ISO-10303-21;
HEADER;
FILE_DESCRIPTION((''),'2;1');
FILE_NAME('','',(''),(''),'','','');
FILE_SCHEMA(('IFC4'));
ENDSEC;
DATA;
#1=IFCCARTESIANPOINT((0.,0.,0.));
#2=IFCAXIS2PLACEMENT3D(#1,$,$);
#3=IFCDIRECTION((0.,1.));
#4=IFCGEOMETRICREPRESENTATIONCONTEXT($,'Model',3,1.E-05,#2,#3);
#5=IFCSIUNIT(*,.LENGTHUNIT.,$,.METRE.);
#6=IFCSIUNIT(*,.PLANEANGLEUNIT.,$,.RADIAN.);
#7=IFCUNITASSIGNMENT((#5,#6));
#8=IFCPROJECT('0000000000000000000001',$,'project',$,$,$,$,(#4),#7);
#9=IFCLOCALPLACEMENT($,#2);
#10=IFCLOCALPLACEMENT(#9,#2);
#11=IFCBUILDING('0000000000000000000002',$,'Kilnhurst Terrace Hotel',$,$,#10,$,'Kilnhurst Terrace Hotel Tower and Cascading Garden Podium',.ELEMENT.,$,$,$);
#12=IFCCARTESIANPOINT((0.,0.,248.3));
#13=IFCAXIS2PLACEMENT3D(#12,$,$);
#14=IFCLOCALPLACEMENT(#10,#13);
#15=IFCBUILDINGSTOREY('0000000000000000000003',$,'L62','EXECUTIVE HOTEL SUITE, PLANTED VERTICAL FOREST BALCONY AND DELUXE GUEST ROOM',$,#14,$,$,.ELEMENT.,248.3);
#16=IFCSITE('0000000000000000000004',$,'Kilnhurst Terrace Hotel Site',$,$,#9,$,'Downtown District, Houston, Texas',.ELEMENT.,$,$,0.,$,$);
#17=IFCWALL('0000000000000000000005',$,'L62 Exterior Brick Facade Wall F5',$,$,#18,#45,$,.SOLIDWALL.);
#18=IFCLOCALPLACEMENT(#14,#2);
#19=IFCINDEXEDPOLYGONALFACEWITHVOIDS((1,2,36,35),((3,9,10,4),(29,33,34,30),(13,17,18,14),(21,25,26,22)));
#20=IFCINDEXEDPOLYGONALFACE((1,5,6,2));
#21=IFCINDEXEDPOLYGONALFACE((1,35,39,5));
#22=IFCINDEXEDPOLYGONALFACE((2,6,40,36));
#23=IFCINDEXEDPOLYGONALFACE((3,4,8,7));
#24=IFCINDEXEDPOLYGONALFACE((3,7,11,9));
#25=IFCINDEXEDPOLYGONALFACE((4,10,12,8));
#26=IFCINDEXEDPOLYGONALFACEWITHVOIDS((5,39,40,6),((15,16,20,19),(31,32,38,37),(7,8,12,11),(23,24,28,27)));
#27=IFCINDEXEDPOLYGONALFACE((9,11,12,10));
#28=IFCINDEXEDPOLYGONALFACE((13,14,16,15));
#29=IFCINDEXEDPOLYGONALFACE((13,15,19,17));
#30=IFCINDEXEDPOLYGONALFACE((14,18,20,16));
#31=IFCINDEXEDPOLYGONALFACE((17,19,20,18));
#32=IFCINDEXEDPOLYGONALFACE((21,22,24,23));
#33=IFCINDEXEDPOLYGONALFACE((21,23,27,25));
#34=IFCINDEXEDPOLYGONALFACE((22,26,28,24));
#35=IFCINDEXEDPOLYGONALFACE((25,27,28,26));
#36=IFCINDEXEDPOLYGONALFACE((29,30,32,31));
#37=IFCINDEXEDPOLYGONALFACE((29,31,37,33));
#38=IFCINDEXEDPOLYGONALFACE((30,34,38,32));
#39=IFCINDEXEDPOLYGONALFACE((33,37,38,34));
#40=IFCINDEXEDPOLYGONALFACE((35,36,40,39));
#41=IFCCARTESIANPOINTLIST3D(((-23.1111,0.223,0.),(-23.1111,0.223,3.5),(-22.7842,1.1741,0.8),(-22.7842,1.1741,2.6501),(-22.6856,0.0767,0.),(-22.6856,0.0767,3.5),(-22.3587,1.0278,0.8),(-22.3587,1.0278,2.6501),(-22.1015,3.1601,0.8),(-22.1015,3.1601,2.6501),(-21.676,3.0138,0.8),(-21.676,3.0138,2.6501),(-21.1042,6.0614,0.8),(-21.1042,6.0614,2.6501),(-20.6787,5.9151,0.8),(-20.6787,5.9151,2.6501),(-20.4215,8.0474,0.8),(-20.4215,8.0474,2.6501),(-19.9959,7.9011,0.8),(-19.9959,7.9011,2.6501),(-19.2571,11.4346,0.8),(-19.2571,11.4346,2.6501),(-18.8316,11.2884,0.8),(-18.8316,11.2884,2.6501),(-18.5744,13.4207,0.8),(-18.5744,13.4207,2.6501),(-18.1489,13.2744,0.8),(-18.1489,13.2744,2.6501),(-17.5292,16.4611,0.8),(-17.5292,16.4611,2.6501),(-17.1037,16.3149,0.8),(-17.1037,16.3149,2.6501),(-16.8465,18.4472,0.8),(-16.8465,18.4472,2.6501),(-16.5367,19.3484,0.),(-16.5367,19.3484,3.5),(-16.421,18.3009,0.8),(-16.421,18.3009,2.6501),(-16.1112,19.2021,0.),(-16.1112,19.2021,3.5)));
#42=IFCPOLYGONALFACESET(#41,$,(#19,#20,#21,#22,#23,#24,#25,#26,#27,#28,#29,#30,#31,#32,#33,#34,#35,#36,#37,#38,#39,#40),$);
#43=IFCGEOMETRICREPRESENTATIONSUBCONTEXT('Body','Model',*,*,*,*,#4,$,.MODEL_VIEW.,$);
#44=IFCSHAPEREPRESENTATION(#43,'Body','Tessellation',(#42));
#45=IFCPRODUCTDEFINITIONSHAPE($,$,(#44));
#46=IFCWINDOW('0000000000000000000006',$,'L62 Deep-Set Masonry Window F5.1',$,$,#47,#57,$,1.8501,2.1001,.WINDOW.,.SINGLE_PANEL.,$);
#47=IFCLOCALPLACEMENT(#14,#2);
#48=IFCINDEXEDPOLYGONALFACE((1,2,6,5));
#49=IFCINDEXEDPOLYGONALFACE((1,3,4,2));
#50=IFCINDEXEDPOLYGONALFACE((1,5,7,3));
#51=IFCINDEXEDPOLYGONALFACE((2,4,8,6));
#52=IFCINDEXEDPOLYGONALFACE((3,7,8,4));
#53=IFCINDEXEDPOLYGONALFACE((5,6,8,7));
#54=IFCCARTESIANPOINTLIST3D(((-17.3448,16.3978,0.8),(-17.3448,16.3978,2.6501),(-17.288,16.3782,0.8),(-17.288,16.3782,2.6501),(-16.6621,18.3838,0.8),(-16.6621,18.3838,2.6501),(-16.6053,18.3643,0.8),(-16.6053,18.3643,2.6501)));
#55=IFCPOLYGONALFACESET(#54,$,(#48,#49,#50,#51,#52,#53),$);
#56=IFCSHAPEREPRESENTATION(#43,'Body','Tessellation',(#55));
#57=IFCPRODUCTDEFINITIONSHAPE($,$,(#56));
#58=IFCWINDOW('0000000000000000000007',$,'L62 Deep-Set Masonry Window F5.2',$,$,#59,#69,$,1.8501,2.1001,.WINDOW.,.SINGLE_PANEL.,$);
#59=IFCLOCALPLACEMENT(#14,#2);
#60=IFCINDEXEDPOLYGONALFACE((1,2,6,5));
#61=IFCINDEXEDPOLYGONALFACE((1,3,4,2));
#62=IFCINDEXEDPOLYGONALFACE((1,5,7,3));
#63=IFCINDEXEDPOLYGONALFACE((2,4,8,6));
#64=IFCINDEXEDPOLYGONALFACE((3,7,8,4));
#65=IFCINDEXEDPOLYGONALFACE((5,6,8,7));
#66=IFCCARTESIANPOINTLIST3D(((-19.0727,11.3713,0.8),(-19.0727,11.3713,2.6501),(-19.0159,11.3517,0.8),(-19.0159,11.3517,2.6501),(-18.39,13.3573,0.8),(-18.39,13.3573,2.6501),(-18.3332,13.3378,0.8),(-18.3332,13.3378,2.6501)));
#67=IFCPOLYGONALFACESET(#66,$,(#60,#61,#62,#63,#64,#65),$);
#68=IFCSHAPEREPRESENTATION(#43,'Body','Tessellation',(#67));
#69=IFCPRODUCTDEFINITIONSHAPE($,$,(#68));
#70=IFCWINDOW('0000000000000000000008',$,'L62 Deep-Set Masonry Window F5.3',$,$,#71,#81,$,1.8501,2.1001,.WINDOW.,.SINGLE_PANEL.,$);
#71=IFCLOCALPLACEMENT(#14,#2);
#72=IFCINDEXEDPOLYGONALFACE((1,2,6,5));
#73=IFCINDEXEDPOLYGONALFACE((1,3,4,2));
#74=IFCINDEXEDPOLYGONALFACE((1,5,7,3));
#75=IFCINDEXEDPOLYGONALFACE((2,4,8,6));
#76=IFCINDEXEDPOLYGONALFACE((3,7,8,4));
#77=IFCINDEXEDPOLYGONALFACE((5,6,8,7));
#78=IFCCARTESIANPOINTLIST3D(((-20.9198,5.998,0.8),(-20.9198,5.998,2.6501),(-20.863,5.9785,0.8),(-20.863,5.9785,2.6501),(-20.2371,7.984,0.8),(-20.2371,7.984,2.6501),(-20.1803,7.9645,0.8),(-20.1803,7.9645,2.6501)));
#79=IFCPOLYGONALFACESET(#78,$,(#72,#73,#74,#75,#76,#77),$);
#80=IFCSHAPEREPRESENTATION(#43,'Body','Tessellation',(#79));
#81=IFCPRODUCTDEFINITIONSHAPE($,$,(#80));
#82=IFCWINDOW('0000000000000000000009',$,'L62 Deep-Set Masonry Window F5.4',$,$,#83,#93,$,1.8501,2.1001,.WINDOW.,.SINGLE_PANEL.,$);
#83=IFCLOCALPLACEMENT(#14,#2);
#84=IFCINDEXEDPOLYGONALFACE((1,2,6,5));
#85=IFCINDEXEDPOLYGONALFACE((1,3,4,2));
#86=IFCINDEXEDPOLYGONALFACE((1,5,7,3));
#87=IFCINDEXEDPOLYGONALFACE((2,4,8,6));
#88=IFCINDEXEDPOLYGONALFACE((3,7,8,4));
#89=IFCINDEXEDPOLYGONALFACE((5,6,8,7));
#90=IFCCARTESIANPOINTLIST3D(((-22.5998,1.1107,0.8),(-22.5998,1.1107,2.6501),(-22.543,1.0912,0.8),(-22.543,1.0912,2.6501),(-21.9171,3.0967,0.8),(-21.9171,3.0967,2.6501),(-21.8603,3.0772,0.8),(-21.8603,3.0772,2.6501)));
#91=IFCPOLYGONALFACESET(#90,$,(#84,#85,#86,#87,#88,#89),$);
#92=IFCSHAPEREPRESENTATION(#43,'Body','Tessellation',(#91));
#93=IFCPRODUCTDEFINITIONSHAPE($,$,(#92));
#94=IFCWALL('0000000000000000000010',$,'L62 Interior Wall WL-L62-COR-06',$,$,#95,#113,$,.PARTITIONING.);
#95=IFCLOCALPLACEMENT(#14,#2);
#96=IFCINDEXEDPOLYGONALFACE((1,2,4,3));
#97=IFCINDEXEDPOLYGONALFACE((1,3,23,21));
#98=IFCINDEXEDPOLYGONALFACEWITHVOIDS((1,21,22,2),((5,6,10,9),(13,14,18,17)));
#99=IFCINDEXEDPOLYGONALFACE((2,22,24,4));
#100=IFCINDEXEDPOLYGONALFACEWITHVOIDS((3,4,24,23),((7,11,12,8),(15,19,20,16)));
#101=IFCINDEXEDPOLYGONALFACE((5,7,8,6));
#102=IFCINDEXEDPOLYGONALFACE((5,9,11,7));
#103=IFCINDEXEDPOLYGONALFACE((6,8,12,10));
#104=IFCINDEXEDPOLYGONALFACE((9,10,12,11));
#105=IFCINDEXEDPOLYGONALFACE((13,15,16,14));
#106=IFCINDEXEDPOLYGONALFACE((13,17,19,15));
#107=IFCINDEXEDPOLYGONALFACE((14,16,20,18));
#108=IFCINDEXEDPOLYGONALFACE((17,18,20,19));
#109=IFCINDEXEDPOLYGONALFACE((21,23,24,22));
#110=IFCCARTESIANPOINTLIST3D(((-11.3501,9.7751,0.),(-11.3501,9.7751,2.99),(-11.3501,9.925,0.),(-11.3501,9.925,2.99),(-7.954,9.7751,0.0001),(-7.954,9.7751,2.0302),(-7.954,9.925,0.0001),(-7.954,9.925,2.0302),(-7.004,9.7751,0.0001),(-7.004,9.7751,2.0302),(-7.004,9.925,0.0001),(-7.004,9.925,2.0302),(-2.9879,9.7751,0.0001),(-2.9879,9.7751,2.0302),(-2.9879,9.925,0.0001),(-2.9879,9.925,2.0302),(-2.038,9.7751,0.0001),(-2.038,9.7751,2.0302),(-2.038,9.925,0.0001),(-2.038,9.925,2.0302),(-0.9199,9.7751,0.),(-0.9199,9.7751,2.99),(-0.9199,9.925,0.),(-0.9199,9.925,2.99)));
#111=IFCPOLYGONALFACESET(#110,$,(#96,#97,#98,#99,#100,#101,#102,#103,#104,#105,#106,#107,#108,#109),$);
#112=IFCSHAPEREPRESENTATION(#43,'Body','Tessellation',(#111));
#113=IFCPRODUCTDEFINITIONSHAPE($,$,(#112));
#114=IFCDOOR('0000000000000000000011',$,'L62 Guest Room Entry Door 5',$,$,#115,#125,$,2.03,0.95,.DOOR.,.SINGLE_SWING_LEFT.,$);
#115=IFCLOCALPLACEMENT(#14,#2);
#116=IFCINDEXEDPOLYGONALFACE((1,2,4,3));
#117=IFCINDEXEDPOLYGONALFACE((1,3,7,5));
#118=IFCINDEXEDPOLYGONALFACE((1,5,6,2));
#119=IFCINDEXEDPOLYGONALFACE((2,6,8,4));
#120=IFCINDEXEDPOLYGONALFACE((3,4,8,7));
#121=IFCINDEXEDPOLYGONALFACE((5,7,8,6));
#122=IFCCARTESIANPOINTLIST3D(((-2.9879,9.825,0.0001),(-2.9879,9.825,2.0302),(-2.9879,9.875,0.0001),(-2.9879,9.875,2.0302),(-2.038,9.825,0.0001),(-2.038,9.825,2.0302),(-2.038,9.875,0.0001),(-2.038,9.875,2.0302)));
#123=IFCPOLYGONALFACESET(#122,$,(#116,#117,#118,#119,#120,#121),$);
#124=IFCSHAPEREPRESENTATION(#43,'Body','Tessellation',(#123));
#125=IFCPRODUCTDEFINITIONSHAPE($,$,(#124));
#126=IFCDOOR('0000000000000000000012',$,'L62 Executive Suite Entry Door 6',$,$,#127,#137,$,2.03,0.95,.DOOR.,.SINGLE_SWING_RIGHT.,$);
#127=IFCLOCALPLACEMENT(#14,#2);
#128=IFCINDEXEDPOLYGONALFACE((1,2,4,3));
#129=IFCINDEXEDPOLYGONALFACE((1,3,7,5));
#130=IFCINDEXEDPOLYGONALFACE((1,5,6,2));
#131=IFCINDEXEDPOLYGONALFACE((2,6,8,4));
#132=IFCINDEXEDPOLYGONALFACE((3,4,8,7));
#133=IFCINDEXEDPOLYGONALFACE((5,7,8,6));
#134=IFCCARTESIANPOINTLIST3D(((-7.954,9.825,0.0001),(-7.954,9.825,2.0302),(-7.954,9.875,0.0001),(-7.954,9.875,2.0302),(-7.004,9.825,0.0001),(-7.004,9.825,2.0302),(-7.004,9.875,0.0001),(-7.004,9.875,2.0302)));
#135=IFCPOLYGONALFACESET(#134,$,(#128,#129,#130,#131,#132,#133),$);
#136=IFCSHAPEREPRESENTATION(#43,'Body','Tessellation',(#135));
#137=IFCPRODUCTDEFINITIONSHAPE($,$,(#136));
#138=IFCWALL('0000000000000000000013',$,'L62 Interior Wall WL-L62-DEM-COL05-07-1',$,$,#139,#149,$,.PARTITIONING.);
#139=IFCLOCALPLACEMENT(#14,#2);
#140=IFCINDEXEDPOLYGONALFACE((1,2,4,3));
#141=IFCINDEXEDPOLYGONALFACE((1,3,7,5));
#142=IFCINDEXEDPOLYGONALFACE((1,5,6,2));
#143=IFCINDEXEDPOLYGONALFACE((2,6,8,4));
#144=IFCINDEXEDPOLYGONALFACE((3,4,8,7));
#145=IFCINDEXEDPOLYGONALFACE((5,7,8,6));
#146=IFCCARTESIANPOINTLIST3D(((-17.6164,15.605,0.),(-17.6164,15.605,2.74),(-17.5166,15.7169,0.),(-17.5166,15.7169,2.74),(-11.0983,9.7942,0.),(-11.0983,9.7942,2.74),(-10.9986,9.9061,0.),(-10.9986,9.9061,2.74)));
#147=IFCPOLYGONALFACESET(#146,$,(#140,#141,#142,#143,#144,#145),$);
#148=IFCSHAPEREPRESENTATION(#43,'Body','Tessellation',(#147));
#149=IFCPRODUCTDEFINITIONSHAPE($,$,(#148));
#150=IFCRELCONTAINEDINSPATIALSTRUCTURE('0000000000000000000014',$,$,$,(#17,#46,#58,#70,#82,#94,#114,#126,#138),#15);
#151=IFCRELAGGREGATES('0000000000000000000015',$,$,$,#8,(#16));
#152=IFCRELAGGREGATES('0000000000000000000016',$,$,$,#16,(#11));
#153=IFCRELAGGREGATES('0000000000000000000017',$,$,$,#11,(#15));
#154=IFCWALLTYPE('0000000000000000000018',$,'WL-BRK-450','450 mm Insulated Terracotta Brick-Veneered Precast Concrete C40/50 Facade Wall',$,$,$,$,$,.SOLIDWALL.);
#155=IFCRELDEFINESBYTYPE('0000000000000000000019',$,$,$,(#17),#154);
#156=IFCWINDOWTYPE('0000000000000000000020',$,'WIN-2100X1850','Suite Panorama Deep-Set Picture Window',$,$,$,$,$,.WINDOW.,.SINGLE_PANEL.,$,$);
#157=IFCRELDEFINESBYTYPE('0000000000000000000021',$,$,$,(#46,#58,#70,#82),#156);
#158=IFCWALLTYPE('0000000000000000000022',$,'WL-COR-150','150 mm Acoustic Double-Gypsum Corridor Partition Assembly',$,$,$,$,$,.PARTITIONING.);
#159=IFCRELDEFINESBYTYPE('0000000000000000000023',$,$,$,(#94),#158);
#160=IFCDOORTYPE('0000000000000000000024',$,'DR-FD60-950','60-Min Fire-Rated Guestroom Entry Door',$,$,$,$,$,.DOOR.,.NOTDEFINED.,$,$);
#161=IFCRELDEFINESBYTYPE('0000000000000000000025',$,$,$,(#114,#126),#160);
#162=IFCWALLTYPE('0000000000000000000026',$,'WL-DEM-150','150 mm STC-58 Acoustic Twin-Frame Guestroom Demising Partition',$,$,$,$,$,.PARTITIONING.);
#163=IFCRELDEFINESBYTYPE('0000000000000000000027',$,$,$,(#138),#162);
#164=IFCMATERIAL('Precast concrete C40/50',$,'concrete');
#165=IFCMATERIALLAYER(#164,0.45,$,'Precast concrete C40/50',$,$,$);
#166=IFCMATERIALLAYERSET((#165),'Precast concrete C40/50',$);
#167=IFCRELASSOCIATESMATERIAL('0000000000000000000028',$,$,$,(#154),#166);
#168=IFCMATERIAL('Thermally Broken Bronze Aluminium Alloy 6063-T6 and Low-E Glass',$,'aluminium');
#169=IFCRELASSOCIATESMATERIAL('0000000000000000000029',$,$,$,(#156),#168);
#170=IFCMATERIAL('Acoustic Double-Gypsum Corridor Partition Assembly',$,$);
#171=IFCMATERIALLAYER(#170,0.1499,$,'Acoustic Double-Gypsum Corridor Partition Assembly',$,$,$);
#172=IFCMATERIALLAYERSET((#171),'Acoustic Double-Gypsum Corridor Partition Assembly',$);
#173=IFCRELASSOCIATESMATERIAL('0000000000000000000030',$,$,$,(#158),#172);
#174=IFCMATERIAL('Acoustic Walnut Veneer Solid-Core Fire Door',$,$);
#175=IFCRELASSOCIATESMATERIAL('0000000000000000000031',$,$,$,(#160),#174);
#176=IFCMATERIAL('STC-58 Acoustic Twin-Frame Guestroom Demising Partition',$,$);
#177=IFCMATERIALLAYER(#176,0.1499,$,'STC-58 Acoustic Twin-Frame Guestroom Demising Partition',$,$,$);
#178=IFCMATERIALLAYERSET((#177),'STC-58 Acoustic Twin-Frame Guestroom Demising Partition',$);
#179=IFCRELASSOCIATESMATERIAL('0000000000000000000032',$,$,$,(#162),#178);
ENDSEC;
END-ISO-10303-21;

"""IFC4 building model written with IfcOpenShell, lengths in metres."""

from ifc_helpers import new_model, si_unit, direction, frame, frame_2d, origin, place, context, subcontext, project, spatial, rectangle, extrude, material, layer, layer_set, type_object, element, fill, save


model = new_model("IFC4")

# Units and contexts
model_context = context("Model", 3, precision=1e-05, world=origin(), true_north=direction((0.0, 1.0)))
body_context = subcontext(model_context, "Body", "Model", "MODEL_VIEW")
ifc_project = project(units=[si_unit("LENGTHUNIT", "METRE"), si_unit("PLANEANGLEUNIT", "RADIAN")], contexts=[model_context])

# Site, building, storey
site_placement = place(None, origin())
site = spatial("IfcSite", under=ifc_project, at=site_placement, Name="Kilnhurst Terrace Hotel Site", LongName="Downtown District, Houston, Texas", CompositionType="ELEMENT", RefElevation=0.0)
building_placement = place(site_placement, origin())
building = spatial("IfcBuilding", under=site, at=building_placement, Name="Kilnhurst Terrace Hotel", LongName="Kilnhurst Terrace Hotel Tower and Cascading Garden Podium", CompositionType="ELEMENT")
storey_placement = place(building_placement, frame((0.0, 0.0, 248.3)))
storey = spatial("IfcBuildingStorey", under=building, at=storey_placement, Name="L62", Description="EXECUTIVE HOTEL SUITE, PLANTED VERTICAL FOREST BALCONY AND DELUXE GUEST ROOM", CompositionType="ELEMENT", Elevation=248.3)

# Shared definitions
ifc_material_1 = material(Name="Precast concrete C40/50", Category="concrete")
ifc_layer_1 = layer(ifc_material_1, 0.45, Name="Precast concrete C40/50")
ifc_layer_set_1 = layer_set([ifc_layer_1], Name="Precast concrete C40/50")
wall_type_1 = type_object("IfcWallType", Name="WL-BRK-450", Description="450 mm Insulated Terracotta Brick-Veneered Precast Concrete C40/50 Facade Wall", PredefinedType="SOLIDWALL", material=ifc_layer_set_1)

# Wall, openings, windows
wall_1_placement = place(storey_placement, frame((-16.324, 19.2751, 0.0), z_axis=(0.0, 0.0, 1.0), x_axis=(-0.325083, -0.945685, 0.0)))
wall_1 = element("IfcWall", 1, at=wall_1_placement, inside=storey, type_object=wall_type_1, Name="L62 Exterior Brick Facade Wall F5", PredefinedType="SOLIDWALL", context=body_context, shape_type="SweptSolid", body=[
    extrude(rectangle(XDim=20.2239, YDim=0.45, at=frame_2d((10.1118, 0.0))), origin(), (0.0, 0.0, 1.0), 3.5),
])
opening_1_placement = place(wall_1_placement, frame((0.9529, 0.0, 0.8)))
opening_1 = element("IfcOpeningElement", 2, at=opening_1_placement, cuts=wall_1, PredefinedType="OPENING", context=body_context, shape_type="SweptSolid", body=[
    extrude(rectangle(XDim=2.1001, YDim=1.8501, at=frame_2d((1.05, 0.925))), frame((0.0, 0.2349, 0.0), z_axis=(0.0, -1.0, 0.0), x_axis=(1.0, 0.0, 0.0)), (0.0, 0.0, 1.0), 0.47),
])
opening_2_placement = place(wall_1_placement, frame((6.2681, 0.0, 0.8)))
opening_2 = element("IfcOpeningElement", 3, at=opening_2_placement, cuts=wall_1, PredefinedType="OPENING", context=body_context, shape_type="SweptSolid", body=[
    extrude(rectangle(XDim=2.1001, YDim=1.8501, at=frame_2d((1.05, 0.925))), frame((0.0, 0.2349, 0.0), z_axis=(0.0, -1.0, 0.0), x_axis=(1.0, 0.0, 0.0)), (0.0, 0.0, 1.0), 0.47),
])
opening_3_placement = place(wall_1_placement, frame((11.95, 0.0, 0.8)))
opening_3 = element("IfcOpeningElement", 4, at=opening_3_placement, cuts=wall_1, PredefinedType="OPENING", context=body_context, shape_type="SweptSolid", body=[
    extrude(rectangle(XDim=2.1001, YDim=1.8501, at=frame_2d((1.05, 0.925))), frame((0.0, 0.2349, 0.0), z_axis=(0.0, -1.0, 0.0), x_axis=(1.0, 0.0, 0.0)), (0.0, 0.0, 1.0), 0.47),
])
opening_4_placement = place(wall_1_placement, frame((17.1179, 0.0, 0.8)))
opening_4 = element("IfcOpeningElement", 5, at=opening_4_placement, cuts=wall_1, PredefinedType="OPENING", context=body_context, shape_type="SweptSolid", body=[
    extrude(rectangle(XDim=2.1001, YDim=1.8501, at=frame_2d((1.05, 0.925))), frame((0.0, 0.2349, 0.0), z_axis=(0.0, -1.0, 0.0), x_axis=(1.0, 0.0, 0.0)), (0.0, 0.0, 1.0), 0.47),
])
ifc_material_2 = material(Name="Thermally Broken Bronze Aluminium Alloy 6063-T6 and Low-E Glass", Category="aluminium")
window_type = type_object("IfcWindowType", Name="WIN-2100X1850", Description="Suite Panorama Deep-Set Picture Window", PartitioningType="SINGLE_PANEL", PredefinedType="WINDOW", material=ifc_material_2)
window_1_placement = place(opening_1_placement, origin())
window_1 = element("IfcWindow", 6, at=window_1_placement, inside=storey, type_object=window_type, Name="L62 Deep-Set Masonry Window F5.1", OverallHeight=1.8501, OverallWidth=2.1001, PartitioningType="SINGLE_PANEL", PredefinedType="WINDOW", context=body_context, shape_type="SweptSolid", body=[
    extrude(rectangle(XDim=2.1001, YDim=1.8501, at=frame_2d((1.05, 0.925))), frame((0.0, 0.03, 0.0), z_axis=(0.0, -1.0, 0.0), x_axis=(1.0, 0.0, 0.0)), (0.0, 0.0, 1.0), 0.0601),
])
fill(opening_1, window_1)
window_2_placement = place(opening_2_placement, origin())
window_2 = element("IfcWindow", 7, at=window_2_placement, inside=storey, type_object=window_type, Name="L62 Deep-Set Masonry Window F5.2", OverallHeight=1.8501, OverallWidth=2.1001, PartitioningType="SINGLE_PANEL", PredefinedType="WINDOW", context=body_context, shape_type="SweptSolid", body=[
    extrude(rectangle(XDim=2.1001, YDim=1.8501, at=frame_2d((1.05, 0.925))), frame((0.0, 0.03, 0.0), z_axis=(0.0, -1.0, 0.0), x_axis=(1.0, 0.0, 0.0)), (0.0, 0.0, 1.0), 0.0601),
])
fill(opening_2, window_2)
window_3_placement = place(opening_3_placement, origin())
window_3 = element("IfcWindow", 8, at=window_3_placement, inside=storey, type_object=window_type, Name="L62 Deep-Set Masonry Window F5.3", OverallHeight=1.8501, OverallWidth=2.1001, PartitioningType="SINGLE_PANEL", PredefinedType="WINDOW", context=body_context, shape_type="SweptSolid", body=[
    extrude(rectangle(XDim=2.1001, YDim=1.8501, at=frame_2d((1.05, 0.925))), frame((0.0, 0.03, 0.0), z_axis=(0.0, -1.0, 0.0), x_axis=(1.0, 0.0, 0.0)), (0.0, 0.0, 1.0), 0.0601),
])
fill(opening_3, window_3)
window_4_placement = place(opening_4_placement, origin())
window_4 = element("IfcWindow", 9, at=window_4_placement, inside=storey, type_object=window_type, Name="L62 Deep-Set Masonry Window F5.4", OverallHeight=1.8501, OverallWidth=2.1001, PartitioningType="SINGLE_PANEL", PredefinedType="WINDOW", context=body_context, shape_type="SweptSolid", body=[
    extrude(rectangle(XDim=2.1001, YDim=1.8501, at=frame_2d((1.05, 0.925))), frame((0.0, 0.03, 0.0), z_axis=(0.0, -1.0, 0.0), x_axis=(1.0, 0.0, 0.0)), (0.0, 0.0, 1.0), 0.0601),
])
fill(opening_4, window_4)

# Wall, openings, doors
ifc_material_3 = material(Name="Acoustic Double-Gypsum Corridor Partition Assembly")
ifc_layer_2 = layer(ifc_material_3, 0.1499, Name="Acoustic Double-Gypsum Corridor Partition Assembly")
ifc_layer_set_2 = layer_set([ifc_layer_2], Name="Acoustic Double-Gypsum Corridor Partition Assembly")
wall_type_2 = type_object("IfcWallType", Name="WL-COR-150", Description="150 mm Acoustic Double-Gypsum Corridor Partition Assembly", PredefinedType="PARTITIONING", material=ifc_layer_set_2)
wall_2_placement = place(storey_placement, frame((-11.3501, 9.8501, 0.0), z_axis=(0.0, 0.0, 1.0), x_axis=(1.0, 0.0, 0.0)))
wall_2 = element("IfcWall", 10, at=wall_2_placement, inside=storey, type_object=wall_type_2, Name="L62 Interior Wall WL-L62-COR-06", PredefinedType="PARTITIONING", context=body_context, shape_type="SweptSolid", body=[
    extrude(rectangle(XDim=10.4302, YDim=0.1499, at=frame_2d((5.2151, 0.0))), origin(), (0.0, 0.0, 1.0), 2.99),
])
opening_5_placement = place(wall_2_placement, frame((8.3621, 0.0, 0.0)))
opening_5 = element("IfcOpeningElement", 11, at=opening_5_placement, cuts=wall_2, PredefinedType="OPENING", context=body_context, shape_type="SweptSolid", body=[
    extrude(rectangle(XDim=0.95, YDim=2.03, at=frame_2d((0.4751, 1.0151))), frame((0.0, 0.085, 0.0), z_axis=(0.0, -1.0, 0.0), x_axis=(1.0, 0.0, 0.0)), (0.0, 0.0, 1.0), 0.1699),
])
opening_6_placement = place(wall_2_placement, frame((3.396, 0.0, 0.0)))
opening_6 = element("IfcOpeningElement", 12, at=opening_6_placement, cuts=wall_2, PredefinedType="OPENING", context=body_context, shape_type="SweptSolid", body=[
    extrude(rectangle(XDim=0.95, YDim=2.03, at=frame_2d((0.4751, 1.0151))), frame((0.0, 0.085, 0.0), z_axis=(0.0, -1.0, 0.0), x_axis=(1.0, 0.0, 0.0)), (0.0, 0.0, 1.0), 0.1699),
])
ifc_material_4 = material(Name="Acoustic Walnut Veneer Solid-Core Fire Door")
door_type_1 = type_object("IfcDoorType", Name="DR-FD60-950", Description="60-Min Fire-Rated Guestroom Entry Door", OperationType="NOTDEFINED", PredefinedType="DOOR", material=ifc_material_4)
door_1_placement = place(opening_5_placement, origin())
door_1 = element("IfcDoor", 13, at=door_1_placement, inside=storey, type_object=door_type_1, Name="L62 Guest Room Entry Door 5", OperationType="SINGLE_SWING_LEFT", OverallHeight=2.03, OverallWidth=0.95, PredefinedType="DOOR", context=body_context, shape_type="SweptSolid", body=[
    extrude(rectangle(XDim=0.95, YDim=2.03, at=frame_2d((0.4751, 1.0151))), frame((0.0, 0.0249, 0.0), z_axis=(0.0, -1.0, 0.0), x_axis=(1.0, 0.0, 0.0)), (0.0, 0.0, 1.0), 0.05),
])
fill(opening_5, door_1)
door_2_placement = place(opening_6_placement, origin())
door_2 = element("IfcDoor", 14, at=door_2_placement, inside=storey, type_object=door_type_1, Name="L62 Executive Suite Entry Door 6", OperationType="SINGLE_SWING_RIGHT", OverallHeight=2.03, OverallWidth=0.95, PredefinedType="DOOR", context=body_context, shape_type="SweptSolid", body=[
    extrude(rectangle(XDim=0.95, YDim=2.03, at=frame_2d((0.4751, 1.0151))), frame((0.0, 0.0249, 0.0), z_axis=(0.0, -1.0, 0.0), x_axis=(1.0, 0.0, 0.0)), (0.0, 0.0, 1.0), 0.05),
])
fill(opening_6, door_2)

# Wall
ifc_material_5 = material(Name="STC-58 Acoustic Twin-Frame Guestroom Demising Partition")
ifc_layer_3 = layer(ifc_material_5, 0.1499, Name="STC-58 Acoustic Twin-Frame Guestroom Demising Partition")
ifc_layer_set_3 = layer_set([ifc_layer_3], Name="STC-58 Acoustic Twin-Frame Guestroom Demising Partition")
wall_type_3 = type_object("IfcWallType", Name="WL-DEM-150", Description="150 mm STC-58 Acoustic Twin-Frame Guestroom Demising Partition", PredefinedType="PARTITIONING", material=ifc_layer_set_3)
wall_3_placement = place(storey_placement, frame((-11.0483, 9.8501, 0.0), z_axis=(0.0, 0.0, 1.0), x_axis=(-0.746444, 0.665448, 0.0)))
element("IfcWall", 15, at=wall_3_placement, inside=storey, type_object=wall_type_3, Name="L62 Interior Wall WL-L62-DEM-COL05-07-1", PredefinedType="PARTITIONING", context=body_context, shape_type="SweptSolid", body=[
    extrude(rectangle(XDim=8.7322, YDim=0.1499, at=frame_2d((4.3662, 0.0))), origin(), (0.0, 0.0, 1.0), 2.74),
])

save(model, "model.ifc")
